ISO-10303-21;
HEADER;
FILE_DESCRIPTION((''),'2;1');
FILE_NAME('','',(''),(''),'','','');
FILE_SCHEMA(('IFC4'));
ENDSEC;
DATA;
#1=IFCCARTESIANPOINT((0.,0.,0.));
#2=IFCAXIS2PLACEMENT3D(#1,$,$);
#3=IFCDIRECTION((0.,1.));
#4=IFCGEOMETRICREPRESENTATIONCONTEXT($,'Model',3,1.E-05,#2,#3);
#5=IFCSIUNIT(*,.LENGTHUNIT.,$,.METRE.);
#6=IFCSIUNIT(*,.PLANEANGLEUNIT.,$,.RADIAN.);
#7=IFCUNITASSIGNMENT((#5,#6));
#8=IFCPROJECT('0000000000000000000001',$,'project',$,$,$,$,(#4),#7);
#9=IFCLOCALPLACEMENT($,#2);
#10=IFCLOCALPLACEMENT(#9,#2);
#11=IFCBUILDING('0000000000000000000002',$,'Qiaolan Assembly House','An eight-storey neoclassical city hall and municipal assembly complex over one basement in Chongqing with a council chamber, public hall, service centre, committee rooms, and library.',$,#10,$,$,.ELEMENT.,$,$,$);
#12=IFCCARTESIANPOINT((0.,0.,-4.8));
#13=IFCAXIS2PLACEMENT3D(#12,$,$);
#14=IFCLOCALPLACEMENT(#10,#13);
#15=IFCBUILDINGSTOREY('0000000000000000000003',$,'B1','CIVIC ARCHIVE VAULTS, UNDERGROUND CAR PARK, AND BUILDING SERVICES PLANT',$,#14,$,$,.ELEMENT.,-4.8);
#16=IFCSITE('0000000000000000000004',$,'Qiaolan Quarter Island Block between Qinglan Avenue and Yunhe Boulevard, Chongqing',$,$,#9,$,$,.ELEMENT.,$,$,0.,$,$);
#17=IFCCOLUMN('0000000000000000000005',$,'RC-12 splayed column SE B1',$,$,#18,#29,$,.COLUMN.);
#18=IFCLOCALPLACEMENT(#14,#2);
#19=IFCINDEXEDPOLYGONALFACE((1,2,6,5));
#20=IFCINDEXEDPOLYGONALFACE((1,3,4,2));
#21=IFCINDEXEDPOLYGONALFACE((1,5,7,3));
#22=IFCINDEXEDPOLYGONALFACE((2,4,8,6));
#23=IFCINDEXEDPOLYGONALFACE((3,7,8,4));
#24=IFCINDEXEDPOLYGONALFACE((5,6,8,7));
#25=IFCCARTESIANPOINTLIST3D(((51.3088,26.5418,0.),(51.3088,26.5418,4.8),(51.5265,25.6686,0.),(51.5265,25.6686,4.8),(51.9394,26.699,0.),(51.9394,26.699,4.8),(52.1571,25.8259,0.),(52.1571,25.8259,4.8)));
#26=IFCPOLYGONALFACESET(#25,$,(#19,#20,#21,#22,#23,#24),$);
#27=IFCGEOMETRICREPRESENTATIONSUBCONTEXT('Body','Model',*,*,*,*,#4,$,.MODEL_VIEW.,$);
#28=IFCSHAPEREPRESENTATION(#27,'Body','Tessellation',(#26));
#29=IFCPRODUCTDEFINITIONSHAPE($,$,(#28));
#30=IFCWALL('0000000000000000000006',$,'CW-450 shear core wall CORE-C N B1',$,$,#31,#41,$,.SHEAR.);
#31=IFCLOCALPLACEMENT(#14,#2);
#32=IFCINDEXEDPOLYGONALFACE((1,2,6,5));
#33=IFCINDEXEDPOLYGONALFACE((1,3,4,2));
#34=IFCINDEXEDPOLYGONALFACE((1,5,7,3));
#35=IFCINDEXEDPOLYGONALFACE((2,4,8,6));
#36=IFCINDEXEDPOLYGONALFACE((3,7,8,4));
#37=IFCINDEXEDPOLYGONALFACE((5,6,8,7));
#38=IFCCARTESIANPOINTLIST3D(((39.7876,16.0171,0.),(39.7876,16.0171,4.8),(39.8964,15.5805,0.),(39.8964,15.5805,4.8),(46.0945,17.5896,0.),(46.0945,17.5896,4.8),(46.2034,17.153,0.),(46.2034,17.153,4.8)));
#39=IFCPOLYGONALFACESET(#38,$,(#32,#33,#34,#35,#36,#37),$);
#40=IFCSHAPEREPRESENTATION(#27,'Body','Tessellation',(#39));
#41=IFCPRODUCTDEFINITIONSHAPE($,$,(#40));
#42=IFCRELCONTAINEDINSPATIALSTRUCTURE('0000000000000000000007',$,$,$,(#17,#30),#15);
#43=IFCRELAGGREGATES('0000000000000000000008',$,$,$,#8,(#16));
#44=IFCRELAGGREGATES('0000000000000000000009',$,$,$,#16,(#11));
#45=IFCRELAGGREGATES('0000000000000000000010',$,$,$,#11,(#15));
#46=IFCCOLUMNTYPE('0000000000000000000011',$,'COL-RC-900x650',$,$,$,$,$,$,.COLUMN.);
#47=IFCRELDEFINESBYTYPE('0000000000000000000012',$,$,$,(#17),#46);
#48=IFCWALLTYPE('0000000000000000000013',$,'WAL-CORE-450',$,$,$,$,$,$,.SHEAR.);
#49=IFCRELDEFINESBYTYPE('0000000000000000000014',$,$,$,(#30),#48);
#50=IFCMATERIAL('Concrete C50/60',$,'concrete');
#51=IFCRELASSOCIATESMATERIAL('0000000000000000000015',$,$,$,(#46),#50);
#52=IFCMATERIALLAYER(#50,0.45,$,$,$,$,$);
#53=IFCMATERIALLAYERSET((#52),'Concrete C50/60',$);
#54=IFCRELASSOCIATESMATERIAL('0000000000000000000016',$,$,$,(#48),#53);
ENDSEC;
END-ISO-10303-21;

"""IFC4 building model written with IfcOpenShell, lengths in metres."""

from ifc_helpers import new_model, si_unit, direction, frame, frame_2d, origin, origin_2d, place, context, subcontext, project, spatial, rectangle, extrude, material, layer, layer_set, material_profile, profile_set, type_object, element, save


model = new_model("IFC4")

# Units and contexts
model_context = context("Model", 3, precision=1e-05, world=origin(), true_north=direction((0.0, 1.0)))
body_context = subcontext(model_context, "Body", "Model", "MODEL_VIEW")
ifc_project = project(units=[si_unit("LENGTHUNIT", "METRE"), si_unit("PLANEANGLEUNIT", "RADIAN")], contexts=[model_context])

# Site, building, storey
site_placement = place(None, origin())
site = spatial("IfcSite", under=ifc_project, at=site_placement, Name="Qiaolan Quarter Island Block between Qinglan Avenue and Yunhe Boulevard, Chongqing", CompositionType="ELEMENT", RefElevation=0.0)
building_placement = place(site_placement, origin())
building = spatial("IfcBuilding", under=site, at=building_placement, Name="Qiaolan Assembly House", Description="An eight-storey neoclassical city hall and municipal assembly complex over one basement in Chongqing with a council chamber, public hall, service centre, committee rooms, and library.", CompositionType="ELEMENT")
storey_placement = place(building_placement, frame((0.0, 0.0, -4.8)))
storey = spatial("IfcBuildingStorey", under=building, at=storey_placement, Name="B1", Description="CIVIC ARCHIVE VAULTS, UNDERGROUND CAR PARK, AND BUILDING SERVICES PLANT", CompositionType="ELEMENT", Elevation=-4.8)

# Column
ifc_material_1 = material(Name="Concrete C50/60", Category="concrete")
ifc_material_profile_1 = material_profile(ifc_material_1, rectangle(XDim=0.6499, YDim=0.8999, at=origin_2d()), Name="RC 900x650")
ifc_profile_set_1 = profile_set([ifc_material_profile_1], Name="Concrete C50/60")
column_type_1 = type_object("IfcColumnType", Name="COL-RC-900x650", PredefinedType="COLUMN", material=ifc_profile_set_1)
column_placement = place(storey_placement, frame((51.7329, 26.1838, 0.0), z_axis=(0.0, 0.0, 1.0), x_axis=(0.970296, 0.241922, 0.0)))
element("IfcColumn", 1, at=column_placement, inside=storey, type_object=column_type_1, Name="RC-12 splayed column SE B1", PredefinedType="COLUMN", context=body_context, shape_type="SweptSolid", body=[
    extrude(rectangle(XDim=0.6499, YDim=0.8999, at=origin_2d()), origin(), (0.0, 0.0, 1.0), 4.8),
])

# Wall
ifc_layer = layer(ifc_material_1, 0.45)
ifc_layer_set = layer_set([ifc_layer], Name="Concrete C50/60")
wall_type = type_object("IfcWallType", Name="WAL-CORE-450", PredefinedType="SHEAR", material=ifc_layer_set)
wall_placement = place(storey_placement, frame((46.1489, 17.3713, 0.0), z_axis=(0.0, 0.0, 1.0), x_axis=(-0.970295, -0.241926, 0.0)))
element("IfcWall", 2, at=wall_placement, inside=storey, type_object=wall_type, Name="CW-450 shear core wall CORE-C N B1", PredefinedType="SHEAR", context=body_context, shape_type="SweptSolid", body=[
    extrude(rectangle(XDim=6.5, YDim=0.45, at=frame_2d((3.25, 0.0))), origin(), (0.0, 0.0, 1.0), 4.8),
])

save(model, "model.ifc")
